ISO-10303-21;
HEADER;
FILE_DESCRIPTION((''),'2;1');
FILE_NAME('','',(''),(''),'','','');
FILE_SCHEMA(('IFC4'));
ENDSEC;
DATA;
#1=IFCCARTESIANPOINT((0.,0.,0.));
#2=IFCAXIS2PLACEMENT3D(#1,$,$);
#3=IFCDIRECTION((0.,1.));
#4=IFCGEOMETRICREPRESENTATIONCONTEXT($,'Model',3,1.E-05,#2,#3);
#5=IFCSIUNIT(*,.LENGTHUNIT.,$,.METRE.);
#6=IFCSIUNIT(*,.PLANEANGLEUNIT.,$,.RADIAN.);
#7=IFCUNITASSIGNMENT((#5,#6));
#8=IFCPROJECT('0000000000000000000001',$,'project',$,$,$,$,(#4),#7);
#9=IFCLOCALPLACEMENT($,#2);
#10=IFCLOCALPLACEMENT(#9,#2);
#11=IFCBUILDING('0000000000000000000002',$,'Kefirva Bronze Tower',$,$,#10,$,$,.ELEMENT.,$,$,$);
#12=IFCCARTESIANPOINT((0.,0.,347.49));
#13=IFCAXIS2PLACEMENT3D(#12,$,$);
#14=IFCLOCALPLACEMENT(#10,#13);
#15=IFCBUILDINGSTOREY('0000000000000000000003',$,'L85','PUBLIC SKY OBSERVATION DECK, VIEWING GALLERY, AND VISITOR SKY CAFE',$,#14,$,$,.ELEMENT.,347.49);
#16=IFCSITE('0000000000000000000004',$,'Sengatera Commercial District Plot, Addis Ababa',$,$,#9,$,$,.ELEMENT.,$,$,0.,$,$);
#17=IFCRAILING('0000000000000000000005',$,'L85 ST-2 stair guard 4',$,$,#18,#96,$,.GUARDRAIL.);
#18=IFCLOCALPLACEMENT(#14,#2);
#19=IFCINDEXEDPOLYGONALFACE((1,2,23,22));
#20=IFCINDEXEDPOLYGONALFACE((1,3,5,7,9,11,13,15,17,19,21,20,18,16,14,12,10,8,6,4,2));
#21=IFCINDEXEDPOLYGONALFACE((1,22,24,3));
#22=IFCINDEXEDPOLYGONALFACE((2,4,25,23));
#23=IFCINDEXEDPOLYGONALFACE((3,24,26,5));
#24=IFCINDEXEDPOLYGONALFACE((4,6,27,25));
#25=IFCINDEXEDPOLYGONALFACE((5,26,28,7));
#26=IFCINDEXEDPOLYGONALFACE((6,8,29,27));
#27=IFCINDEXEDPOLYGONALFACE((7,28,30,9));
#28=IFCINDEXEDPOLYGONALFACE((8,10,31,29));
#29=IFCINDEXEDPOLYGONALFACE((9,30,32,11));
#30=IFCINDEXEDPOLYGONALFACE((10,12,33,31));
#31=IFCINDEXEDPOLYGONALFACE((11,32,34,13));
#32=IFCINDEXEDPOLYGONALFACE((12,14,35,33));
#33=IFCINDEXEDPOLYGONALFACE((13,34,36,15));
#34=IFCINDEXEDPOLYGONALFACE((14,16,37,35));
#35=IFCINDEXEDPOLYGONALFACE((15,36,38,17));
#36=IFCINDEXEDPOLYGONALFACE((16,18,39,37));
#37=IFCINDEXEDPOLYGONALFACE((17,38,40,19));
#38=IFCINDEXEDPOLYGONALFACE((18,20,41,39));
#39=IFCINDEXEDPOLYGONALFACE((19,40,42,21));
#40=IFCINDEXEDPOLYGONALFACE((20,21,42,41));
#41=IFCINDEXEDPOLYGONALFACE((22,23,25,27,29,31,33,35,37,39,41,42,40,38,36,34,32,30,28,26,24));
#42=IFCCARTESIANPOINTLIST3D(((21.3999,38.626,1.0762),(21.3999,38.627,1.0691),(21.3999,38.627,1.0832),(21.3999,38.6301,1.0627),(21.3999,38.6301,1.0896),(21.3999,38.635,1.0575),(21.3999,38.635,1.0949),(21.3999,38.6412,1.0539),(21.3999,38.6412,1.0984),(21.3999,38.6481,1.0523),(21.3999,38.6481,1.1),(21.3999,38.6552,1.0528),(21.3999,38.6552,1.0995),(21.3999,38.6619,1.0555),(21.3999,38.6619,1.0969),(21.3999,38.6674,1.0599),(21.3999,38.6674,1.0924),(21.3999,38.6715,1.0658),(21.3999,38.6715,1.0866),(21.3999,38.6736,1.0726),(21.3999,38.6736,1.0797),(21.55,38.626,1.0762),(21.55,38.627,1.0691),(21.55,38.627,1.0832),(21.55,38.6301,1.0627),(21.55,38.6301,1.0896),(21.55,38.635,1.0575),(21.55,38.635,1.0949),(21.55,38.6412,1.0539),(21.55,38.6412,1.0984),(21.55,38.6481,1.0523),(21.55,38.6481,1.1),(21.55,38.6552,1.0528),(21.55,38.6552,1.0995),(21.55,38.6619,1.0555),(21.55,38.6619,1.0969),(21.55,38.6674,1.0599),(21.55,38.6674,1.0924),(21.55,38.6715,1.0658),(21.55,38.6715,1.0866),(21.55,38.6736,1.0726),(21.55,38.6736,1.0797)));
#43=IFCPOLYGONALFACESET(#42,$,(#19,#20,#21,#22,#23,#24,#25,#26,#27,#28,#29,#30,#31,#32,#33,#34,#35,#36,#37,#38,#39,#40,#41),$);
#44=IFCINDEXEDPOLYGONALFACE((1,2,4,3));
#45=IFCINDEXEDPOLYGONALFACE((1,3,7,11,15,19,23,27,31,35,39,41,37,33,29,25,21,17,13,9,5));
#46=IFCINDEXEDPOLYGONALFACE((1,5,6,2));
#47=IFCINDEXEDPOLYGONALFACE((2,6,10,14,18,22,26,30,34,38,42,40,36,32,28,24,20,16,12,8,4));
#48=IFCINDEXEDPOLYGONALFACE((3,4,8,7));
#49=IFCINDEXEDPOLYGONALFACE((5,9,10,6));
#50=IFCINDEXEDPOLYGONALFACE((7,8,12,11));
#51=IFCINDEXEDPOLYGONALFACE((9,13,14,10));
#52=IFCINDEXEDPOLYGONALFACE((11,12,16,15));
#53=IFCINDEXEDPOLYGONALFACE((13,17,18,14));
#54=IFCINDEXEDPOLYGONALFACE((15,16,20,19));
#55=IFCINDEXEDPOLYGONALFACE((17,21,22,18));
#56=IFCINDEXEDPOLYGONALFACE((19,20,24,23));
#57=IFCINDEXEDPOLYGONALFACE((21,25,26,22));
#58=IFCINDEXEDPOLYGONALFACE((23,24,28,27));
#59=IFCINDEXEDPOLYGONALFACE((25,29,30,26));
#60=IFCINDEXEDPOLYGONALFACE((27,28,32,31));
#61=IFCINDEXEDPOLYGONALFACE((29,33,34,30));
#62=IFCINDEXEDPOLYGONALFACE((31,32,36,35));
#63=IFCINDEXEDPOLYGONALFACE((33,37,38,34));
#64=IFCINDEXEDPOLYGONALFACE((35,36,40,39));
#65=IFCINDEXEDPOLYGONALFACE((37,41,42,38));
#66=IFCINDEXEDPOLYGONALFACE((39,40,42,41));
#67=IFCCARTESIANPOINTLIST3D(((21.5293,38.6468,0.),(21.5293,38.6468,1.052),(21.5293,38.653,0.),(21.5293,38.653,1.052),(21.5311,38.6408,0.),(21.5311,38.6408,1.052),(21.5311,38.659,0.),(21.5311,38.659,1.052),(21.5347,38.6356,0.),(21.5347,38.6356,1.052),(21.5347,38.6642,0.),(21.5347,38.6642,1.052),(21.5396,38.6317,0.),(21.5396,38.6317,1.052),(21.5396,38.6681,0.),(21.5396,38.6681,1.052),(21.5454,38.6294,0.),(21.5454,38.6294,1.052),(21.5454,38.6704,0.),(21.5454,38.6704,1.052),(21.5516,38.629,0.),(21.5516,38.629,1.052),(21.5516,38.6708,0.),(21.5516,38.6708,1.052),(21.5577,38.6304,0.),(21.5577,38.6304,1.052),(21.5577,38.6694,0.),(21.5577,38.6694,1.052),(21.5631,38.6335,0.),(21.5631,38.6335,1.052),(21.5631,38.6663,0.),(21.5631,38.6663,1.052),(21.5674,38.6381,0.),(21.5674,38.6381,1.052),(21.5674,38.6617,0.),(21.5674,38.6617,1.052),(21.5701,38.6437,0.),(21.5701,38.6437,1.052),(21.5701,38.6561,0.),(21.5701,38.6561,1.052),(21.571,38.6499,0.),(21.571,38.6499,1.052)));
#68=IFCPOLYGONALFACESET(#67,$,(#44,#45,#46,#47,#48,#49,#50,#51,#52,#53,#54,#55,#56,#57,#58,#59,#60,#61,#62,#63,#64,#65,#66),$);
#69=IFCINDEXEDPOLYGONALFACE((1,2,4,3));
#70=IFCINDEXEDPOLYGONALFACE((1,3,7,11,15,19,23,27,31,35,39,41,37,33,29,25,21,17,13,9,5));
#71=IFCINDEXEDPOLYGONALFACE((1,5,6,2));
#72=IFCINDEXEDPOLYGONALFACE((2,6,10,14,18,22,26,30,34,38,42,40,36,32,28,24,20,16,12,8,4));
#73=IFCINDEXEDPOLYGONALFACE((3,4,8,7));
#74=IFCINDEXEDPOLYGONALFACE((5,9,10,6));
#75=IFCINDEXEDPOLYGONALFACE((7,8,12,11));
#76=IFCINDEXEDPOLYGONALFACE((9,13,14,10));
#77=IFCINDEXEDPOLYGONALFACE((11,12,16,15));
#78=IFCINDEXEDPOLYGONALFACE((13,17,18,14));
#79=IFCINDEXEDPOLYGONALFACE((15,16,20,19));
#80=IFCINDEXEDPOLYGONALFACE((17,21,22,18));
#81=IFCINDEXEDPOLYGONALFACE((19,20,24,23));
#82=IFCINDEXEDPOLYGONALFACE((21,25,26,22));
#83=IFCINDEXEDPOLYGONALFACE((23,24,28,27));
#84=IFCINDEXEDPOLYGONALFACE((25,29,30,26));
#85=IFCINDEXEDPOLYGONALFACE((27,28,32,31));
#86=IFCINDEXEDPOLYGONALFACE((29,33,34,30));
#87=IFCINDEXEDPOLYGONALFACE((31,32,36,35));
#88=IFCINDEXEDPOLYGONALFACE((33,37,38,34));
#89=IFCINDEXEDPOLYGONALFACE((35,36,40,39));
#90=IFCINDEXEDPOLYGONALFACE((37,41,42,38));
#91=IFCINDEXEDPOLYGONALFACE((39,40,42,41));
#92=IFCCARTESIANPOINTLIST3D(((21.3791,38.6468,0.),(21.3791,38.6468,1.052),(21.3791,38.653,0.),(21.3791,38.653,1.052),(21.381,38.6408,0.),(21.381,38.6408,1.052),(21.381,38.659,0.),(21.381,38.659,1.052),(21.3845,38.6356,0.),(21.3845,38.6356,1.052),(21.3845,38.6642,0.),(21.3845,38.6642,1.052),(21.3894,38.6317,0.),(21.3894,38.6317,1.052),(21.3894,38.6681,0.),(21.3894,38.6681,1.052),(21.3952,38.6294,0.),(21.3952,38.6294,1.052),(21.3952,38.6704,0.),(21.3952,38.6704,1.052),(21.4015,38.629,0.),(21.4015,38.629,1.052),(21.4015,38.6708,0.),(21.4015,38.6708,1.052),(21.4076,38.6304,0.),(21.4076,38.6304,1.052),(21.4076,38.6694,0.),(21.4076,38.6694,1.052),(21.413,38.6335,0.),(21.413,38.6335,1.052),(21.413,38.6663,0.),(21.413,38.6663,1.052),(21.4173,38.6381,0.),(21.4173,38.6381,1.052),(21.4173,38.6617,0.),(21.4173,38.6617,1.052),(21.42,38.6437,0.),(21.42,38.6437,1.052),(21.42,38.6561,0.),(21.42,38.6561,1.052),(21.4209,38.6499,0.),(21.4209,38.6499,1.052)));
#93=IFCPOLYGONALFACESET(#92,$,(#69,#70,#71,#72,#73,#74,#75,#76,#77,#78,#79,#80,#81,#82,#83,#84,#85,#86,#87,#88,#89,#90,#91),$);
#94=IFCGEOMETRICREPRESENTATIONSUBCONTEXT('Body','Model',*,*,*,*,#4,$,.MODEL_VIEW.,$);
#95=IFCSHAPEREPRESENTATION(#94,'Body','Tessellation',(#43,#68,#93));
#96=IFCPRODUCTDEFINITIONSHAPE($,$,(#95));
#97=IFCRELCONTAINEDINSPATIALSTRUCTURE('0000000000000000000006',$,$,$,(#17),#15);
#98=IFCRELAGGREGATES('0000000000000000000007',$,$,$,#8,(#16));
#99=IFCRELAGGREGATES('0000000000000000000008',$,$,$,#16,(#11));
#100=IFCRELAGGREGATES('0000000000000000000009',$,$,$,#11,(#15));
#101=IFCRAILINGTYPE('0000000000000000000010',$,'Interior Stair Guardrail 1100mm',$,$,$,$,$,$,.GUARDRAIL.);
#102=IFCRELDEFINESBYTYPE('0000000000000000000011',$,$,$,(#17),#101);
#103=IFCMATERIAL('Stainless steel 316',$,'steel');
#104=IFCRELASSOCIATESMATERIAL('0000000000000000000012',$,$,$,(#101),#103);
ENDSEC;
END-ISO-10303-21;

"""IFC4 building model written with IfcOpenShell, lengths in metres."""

from ifc_helpers import new_model, si_unit, direction, frame, origin, origin_2d, place, context, subcontext, project, spatial, circle, extrude, material, type_object, element, save


model = new_model("IFC4")

# Units and contexts
model_context = context("Model", 3, precision=1e-05, world=origin(), true_north=direction((0.0, 1.0)))
body_context = subcontext(model_context, "Body", "Model", "MODEL_VIEW")
ifc_project = project(units=[si_unit("LENGTHUNIT", "METRE"), si_unit("PLANEANGLEUNIT", "RADIAN")], contexts=[model_context])

# Site, building, storey
site_placement = place(None, origin())
site = spatial("IfcSite", under=ifc_project, at=site_placement, Name="Sengatera Commercial District Plot, Addis Ababa", CompositionType="ELEMENT", RefElevation=0.0)
building_placement = place(site_placement, origin())
building = spatial("IfcBuilding", under=site, at=building_placement, Name="Kefirva Bronze Tower", CompositionType="ELEMENT")
storey_placement = place(building_placement, frame((0.0, 0.0, 347.49)))
storey = spatial("IfcBuildingStorey", under=building, at=storey_placement, Name="L85", Description="PUBLIC SKY OBSERVATION DECK, VIEWING GALLERY, AND VISITOR SKY CAFE", CompositionType="ELEMENT", Elevation=347.49)

# Railing
ifc_material_1 = material(Name="Stainless steel 316", Category="steel")
railing_type_1 = type_object("IfcRailingType", Name="Interior Stair Guardrail 1100mm", PredefinedType="GUARDRAIL", material=ifc_material_1)
railing_1_placement = place(storey_placement, frame((21.55, 38.6499, 0.0)))
element("IfcRailing", 1, at=railing_1_placement, inside=storey, type_object=railing_type_1, Name="L85 ST-2 stair guard 4", PredefinedType="GUARDRAIL", context=body_context, shape_type="SweptSolid", body=[
    extrude(circle(Radius=0.0239, at=origin_2d()), frame((0.0, 0.0, 1.0762), z_axis=(-1.0, 0.0, 0.0), x_axis=(0.0, -1.0, 0.0)), (0.0, 0.0, 1.0), 0.1501),
    extrude(circle(Radius=0.021, at=origin_2d()), origin(), (0.0, 0.0, 1.0), 1.052),
    extrude(circle(Radius=0.021, at=origin_2d()), frame((-0.1501, 0.0, 0.0)), (0.0, 0.0, 1.0), 1.052),
])

save(model, "model.ifc")
